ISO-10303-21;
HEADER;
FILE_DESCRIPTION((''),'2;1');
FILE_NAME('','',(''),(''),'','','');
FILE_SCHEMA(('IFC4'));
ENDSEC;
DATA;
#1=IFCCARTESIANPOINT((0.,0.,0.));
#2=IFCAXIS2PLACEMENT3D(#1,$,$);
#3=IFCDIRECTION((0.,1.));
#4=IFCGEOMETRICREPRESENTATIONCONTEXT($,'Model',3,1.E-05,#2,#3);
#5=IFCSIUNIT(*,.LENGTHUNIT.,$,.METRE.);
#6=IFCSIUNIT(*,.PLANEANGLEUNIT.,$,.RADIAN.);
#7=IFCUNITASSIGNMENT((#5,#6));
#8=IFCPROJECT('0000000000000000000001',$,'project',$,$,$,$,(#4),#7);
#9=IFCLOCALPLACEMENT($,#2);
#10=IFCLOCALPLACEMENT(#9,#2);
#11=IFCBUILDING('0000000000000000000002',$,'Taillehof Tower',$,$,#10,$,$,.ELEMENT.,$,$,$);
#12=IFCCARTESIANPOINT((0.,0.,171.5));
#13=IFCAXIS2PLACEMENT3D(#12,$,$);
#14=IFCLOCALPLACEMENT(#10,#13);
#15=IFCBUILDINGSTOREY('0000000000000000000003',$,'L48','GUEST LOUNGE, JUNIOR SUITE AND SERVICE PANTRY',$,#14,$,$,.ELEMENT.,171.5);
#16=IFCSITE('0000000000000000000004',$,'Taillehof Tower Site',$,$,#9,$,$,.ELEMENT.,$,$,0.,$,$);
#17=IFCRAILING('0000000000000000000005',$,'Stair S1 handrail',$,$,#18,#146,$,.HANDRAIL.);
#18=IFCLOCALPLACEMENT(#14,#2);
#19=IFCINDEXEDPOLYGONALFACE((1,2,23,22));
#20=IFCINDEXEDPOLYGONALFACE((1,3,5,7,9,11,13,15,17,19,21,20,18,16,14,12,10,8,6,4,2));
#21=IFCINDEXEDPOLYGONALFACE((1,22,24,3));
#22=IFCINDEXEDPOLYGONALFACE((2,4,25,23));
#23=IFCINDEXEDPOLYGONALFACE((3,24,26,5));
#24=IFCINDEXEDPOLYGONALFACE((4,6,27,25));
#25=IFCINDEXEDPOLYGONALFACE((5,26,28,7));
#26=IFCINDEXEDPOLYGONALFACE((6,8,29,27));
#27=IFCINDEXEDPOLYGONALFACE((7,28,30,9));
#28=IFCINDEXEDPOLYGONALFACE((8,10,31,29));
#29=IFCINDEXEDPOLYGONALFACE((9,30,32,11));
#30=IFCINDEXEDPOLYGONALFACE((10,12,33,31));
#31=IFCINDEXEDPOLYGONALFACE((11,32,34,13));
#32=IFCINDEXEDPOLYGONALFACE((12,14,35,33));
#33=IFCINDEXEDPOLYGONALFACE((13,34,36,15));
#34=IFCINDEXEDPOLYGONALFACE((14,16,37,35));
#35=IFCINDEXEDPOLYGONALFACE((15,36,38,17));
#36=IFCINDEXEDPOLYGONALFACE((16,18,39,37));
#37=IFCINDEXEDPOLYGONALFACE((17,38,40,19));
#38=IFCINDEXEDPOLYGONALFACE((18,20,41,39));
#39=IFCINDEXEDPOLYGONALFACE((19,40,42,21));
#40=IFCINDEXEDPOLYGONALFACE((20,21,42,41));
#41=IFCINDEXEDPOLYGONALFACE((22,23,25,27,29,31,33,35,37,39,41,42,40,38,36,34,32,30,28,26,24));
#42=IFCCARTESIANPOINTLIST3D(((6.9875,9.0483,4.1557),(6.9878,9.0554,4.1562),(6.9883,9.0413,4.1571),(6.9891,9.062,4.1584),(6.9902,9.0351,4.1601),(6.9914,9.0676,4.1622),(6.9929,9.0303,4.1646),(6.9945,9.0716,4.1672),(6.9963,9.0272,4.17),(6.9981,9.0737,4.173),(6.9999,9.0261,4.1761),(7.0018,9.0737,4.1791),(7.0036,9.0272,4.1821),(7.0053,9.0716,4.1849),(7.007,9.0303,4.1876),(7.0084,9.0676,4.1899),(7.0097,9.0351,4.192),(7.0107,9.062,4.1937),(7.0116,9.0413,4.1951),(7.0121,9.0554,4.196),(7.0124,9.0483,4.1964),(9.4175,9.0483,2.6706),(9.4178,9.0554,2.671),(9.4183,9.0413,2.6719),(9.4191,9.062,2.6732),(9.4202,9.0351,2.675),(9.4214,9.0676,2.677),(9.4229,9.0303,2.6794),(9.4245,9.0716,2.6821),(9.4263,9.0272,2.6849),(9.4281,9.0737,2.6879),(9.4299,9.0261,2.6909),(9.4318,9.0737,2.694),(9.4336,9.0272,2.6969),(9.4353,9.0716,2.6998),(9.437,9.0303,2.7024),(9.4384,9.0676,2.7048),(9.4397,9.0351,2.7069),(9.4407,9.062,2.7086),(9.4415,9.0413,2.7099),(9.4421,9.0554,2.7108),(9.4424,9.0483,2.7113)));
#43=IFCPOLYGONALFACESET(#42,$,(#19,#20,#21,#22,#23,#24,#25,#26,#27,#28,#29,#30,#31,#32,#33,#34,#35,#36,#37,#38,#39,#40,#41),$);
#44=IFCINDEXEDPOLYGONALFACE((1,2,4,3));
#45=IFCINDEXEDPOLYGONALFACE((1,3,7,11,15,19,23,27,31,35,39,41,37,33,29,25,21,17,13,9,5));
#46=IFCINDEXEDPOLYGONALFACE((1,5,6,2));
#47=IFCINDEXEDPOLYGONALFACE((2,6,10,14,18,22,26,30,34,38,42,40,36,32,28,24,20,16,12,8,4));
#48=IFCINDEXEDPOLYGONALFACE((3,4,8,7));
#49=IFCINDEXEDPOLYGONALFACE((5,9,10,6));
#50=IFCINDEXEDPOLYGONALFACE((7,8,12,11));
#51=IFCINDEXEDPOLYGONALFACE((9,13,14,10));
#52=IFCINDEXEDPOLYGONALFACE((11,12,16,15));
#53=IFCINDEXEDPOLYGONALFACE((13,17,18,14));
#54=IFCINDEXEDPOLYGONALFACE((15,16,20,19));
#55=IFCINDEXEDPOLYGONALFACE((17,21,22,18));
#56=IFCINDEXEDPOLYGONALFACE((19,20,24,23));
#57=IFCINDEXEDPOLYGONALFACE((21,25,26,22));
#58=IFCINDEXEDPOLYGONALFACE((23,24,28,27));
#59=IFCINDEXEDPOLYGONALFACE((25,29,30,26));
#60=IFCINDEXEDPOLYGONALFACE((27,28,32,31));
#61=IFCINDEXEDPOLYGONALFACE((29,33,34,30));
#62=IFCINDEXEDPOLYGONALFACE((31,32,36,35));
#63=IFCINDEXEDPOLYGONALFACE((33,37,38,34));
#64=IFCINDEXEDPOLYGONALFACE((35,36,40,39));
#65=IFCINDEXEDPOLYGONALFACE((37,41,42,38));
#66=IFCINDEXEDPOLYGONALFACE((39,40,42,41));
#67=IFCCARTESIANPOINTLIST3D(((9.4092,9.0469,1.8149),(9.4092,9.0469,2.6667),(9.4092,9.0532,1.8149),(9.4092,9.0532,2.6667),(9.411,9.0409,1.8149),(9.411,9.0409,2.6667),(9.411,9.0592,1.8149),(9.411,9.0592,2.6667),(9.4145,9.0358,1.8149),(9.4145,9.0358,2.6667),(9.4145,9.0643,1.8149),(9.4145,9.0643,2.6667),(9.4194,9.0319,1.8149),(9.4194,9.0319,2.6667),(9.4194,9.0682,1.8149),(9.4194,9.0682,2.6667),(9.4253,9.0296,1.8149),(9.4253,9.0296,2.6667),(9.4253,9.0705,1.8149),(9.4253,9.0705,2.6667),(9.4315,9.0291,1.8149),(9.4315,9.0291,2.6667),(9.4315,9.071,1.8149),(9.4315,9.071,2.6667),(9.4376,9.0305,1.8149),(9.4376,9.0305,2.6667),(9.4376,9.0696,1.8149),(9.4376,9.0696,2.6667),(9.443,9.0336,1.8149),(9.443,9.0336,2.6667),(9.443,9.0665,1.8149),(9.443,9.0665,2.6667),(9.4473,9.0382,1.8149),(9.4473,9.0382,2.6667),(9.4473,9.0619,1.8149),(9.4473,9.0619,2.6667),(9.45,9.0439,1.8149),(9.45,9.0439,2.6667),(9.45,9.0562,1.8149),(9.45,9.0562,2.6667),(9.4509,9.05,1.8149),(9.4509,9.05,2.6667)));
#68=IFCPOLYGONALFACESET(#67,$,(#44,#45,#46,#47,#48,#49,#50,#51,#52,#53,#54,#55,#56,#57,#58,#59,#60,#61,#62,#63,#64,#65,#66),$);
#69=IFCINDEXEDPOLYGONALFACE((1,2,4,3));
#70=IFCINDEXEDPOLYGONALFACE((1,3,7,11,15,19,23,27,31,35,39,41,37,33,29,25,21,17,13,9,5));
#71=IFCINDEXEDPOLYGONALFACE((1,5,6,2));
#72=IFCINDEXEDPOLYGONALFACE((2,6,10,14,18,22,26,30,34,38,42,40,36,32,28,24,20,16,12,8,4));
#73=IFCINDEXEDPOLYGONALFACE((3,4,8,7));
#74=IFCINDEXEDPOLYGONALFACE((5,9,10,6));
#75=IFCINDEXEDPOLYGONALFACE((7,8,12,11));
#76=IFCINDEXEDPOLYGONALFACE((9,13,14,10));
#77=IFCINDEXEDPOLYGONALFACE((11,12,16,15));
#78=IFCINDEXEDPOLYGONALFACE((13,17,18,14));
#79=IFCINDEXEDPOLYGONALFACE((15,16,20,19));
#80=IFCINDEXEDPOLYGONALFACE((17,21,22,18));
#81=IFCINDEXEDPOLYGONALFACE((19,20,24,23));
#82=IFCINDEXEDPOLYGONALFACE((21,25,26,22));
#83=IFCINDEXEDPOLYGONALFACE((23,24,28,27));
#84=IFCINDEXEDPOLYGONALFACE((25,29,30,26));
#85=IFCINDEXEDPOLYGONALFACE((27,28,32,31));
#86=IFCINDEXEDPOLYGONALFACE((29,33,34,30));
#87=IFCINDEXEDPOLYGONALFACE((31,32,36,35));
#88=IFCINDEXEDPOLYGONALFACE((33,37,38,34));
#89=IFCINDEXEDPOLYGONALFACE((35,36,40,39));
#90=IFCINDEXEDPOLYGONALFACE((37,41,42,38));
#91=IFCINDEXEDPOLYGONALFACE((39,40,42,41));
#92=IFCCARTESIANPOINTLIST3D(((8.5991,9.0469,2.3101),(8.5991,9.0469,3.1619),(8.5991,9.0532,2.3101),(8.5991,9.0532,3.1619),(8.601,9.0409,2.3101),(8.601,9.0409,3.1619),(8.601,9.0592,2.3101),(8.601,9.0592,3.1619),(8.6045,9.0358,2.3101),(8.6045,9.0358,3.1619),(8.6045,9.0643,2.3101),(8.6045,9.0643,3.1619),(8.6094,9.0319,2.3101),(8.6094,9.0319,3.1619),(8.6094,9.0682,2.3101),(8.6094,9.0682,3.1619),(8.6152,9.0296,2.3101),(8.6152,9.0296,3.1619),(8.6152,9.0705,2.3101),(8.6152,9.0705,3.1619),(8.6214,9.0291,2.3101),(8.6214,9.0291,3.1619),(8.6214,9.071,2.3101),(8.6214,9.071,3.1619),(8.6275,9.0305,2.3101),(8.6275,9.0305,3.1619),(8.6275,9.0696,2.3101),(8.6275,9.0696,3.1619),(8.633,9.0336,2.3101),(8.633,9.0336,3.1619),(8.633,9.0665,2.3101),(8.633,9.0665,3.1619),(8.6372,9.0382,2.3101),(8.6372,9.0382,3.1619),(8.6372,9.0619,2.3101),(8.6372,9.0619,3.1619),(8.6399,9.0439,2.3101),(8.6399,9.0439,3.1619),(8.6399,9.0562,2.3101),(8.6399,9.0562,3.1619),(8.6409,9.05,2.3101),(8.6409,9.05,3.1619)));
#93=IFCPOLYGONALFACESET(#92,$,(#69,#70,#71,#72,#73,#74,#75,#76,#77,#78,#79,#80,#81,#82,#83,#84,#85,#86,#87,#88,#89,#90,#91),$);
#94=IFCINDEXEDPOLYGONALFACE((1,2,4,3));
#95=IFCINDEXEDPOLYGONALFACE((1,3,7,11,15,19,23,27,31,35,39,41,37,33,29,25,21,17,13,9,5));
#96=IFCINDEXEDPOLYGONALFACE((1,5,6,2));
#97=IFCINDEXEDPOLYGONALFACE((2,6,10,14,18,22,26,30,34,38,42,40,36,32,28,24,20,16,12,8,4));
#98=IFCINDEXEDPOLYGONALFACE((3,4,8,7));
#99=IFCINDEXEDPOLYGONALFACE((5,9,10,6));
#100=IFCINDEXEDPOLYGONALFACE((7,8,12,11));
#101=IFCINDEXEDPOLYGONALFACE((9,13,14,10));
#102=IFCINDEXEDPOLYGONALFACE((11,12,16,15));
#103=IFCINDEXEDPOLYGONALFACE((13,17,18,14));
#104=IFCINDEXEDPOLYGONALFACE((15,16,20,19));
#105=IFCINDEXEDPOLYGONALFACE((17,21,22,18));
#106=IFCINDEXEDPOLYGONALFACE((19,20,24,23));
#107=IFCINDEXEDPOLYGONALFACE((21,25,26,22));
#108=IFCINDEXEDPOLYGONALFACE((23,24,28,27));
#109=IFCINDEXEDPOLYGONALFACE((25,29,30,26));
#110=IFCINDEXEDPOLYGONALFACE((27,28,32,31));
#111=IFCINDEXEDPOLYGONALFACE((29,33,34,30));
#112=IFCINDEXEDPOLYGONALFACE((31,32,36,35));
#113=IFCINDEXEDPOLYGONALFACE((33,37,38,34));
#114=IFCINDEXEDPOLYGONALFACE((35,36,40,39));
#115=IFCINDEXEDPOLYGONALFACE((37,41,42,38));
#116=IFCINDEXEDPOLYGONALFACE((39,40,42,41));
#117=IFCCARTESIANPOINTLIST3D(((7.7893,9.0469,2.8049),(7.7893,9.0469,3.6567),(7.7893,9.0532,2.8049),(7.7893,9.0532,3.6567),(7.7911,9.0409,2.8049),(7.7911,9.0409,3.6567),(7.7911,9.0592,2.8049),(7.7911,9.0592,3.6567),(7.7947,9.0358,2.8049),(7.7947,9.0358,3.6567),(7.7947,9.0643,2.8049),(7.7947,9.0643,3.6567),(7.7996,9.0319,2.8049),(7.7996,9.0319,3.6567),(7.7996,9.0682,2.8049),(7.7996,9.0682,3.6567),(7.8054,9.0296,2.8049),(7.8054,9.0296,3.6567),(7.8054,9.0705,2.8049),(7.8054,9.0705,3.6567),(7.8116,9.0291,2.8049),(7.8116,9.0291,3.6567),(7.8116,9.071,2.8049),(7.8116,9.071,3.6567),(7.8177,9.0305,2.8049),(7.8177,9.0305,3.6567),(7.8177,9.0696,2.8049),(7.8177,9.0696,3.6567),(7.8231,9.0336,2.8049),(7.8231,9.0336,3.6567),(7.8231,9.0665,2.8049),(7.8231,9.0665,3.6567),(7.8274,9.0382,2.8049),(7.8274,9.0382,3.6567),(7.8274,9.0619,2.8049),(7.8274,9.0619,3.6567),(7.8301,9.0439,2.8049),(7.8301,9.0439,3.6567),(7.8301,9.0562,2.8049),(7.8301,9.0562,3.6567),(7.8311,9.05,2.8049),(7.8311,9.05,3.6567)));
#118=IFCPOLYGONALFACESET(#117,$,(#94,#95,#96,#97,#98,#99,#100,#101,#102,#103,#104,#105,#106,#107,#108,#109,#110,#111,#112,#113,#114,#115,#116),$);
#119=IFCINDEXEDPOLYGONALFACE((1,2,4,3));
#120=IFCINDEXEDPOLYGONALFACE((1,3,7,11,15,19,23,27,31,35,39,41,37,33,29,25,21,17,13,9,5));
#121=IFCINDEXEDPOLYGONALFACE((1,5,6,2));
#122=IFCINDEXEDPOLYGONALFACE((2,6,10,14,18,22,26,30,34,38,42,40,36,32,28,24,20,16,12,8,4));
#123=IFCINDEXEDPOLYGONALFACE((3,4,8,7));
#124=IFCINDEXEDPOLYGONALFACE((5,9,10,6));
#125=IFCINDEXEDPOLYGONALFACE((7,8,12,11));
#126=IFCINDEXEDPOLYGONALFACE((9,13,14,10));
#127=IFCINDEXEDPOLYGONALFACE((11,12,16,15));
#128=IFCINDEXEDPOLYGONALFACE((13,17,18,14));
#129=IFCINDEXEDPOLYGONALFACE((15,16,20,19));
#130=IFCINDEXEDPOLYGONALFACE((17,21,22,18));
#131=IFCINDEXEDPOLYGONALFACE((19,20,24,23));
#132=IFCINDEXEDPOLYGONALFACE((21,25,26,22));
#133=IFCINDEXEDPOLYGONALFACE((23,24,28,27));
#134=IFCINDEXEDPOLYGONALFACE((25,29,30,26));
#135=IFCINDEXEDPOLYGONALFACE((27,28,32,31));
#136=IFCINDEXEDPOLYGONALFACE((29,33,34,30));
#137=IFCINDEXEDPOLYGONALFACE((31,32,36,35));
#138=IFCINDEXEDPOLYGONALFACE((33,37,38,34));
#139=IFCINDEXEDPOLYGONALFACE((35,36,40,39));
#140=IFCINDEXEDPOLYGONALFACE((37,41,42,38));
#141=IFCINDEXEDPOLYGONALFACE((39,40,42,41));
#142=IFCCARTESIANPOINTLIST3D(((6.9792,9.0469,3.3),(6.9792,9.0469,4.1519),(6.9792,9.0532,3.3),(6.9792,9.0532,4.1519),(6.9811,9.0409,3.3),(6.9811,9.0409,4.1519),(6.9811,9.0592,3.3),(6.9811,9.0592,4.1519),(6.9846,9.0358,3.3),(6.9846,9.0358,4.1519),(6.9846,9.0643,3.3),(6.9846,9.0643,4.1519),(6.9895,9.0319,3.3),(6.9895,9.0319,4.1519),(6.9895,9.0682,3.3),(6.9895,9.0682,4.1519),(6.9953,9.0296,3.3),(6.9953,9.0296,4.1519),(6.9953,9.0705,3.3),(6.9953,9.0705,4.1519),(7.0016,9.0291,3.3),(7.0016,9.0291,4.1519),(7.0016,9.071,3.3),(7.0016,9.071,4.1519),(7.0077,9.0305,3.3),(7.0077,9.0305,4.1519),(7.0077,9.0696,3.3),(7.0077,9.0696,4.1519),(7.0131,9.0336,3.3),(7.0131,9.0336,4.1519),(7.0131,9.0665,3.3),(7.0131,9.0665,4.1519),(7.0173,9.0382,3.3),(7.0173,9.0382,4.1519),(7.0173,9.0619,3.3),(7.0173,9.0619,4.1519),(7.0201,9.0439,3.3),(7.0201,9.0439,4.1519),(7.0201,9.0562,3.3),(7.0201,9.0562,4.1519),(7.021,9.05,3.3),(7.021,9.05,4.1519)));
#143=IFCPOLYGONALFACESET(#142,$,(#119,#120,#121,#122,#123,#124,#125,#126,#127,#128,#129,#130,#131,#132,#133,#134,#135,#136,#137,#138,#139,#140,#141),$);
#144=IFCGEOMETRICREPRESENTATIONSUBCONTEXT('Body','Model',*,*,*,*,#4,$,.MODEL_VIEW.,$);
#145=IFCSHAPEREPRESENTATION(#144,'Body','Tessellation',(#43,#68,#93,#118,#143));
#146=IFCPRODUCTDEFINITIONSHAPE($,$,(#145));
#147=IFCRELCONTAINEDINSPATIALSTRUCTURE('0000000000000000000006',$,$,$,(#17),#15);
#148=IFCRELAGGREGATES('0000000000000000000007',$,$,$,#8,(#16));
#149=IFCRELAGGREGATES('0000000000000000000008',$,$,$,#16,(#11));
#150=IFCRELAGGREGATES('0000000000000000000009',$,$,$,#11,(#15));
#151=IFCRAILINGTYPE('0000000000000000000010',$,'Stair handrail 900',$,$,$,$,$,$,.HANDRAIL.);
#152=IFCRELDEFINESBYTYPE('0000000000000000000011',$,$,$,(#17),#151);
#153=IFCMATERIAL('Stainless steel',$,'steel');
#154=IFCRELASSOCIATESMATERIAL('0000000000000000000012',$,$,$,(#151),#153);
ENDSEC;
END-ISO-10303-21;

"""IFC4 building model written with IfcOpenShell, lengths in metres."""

from ifc_helpers import new_model, si_unit, direction, frame, origin, origin_2d, place, context, subcontext, project, spatial, circle, extrude, material, type_object, element, save


model = new_model("IFC4")

# Units and contexts
model_context = context("Model", 3, precision=1e-05, world=origin(), true_north=direction((0.0, 1.0)))
body_context = subcontext(model_context, "Body", "Model", "MODEL_VIEW")
ifc_project = project(units=[si_unit("LENGTHUNIT", "METRE"), si_unit("PLANEANGLEUNIT", "RADIAN")], contexts=[model_context])

# Site, building, storey
site_placement = place(None, origin())
site = spatial("IfcSite", under=ifc_project, at=site_placement, Name="Taillehof Tower Site", CompositionType="ELEMENT", RefElevation=0.0)
building_placement = place(site_placement, origin())
building = spatial("IfcBuilding", under=site, at=building_placement, Name="Taillehof Tower", CompositionType="ELEMENT")
storey_placement = place(building_placement, frame((0.0, 0.0, 171.5)))
storey = spatial("IfcBuildingStorey", under=building, at=storey_placement, Name="L48", Description="GUEST LOUNGE, JUNIOR SUITE AND SERVICE PANTRY", CompositionType="ELEMENT", Elevation=171.5)

# Railing
ifc_material_1 = material(Name="Stainless steel", Category="steel")
railing_type = type_object("IfcRailingType", Name="Stair handrail 900", PredefinedType="HANDRAIL", material=ifc_material_1)
railing_placement = place(storey_placement, frame((9.4299, 9.05, 1.8149)))
element("IfcRailing", 1, at=railing_placement, inside=storey, type_object=railing_type, Name="Stair S1 handrail", PredefinedType="HANDRAIL", context=body_context, shape_type="SweptSolid", body=[
    extrude(circle(Radius=0.0239, at=origin_2d()), frame((0.0, 0.0, 0.876), z_axis=(-0.853259, 0.0, 0.521488), x_axis=(0.0, -1.0, 0.0)), (0.0, 0.0, 1.0), 2.8479),
    extrude(circle(Radius=0.021, at=origin_2d()), origin(), (0.0, 0.0, 1.0), 0.8518),
    extrude(circle(Radius=0.021, at=origin_2d()), frame((-0.8101, 0.0, 0.4951)), (0.0, 0.0, 1.0), 0.8518),
    extrude(circle(Radius=0.021, at=origin_2d()), frame((-1.6199, 0.0, 0.99)), (0.0, 0.0, 1.0), 0.8518),
    extrude(circle(Radius=0.021, at=origin_2d()), frame((-2.4299, 0.0, 1.4851)), (0.0, 0.0, 1.0), 0.8518),
])

save(model, "model.ifc")
